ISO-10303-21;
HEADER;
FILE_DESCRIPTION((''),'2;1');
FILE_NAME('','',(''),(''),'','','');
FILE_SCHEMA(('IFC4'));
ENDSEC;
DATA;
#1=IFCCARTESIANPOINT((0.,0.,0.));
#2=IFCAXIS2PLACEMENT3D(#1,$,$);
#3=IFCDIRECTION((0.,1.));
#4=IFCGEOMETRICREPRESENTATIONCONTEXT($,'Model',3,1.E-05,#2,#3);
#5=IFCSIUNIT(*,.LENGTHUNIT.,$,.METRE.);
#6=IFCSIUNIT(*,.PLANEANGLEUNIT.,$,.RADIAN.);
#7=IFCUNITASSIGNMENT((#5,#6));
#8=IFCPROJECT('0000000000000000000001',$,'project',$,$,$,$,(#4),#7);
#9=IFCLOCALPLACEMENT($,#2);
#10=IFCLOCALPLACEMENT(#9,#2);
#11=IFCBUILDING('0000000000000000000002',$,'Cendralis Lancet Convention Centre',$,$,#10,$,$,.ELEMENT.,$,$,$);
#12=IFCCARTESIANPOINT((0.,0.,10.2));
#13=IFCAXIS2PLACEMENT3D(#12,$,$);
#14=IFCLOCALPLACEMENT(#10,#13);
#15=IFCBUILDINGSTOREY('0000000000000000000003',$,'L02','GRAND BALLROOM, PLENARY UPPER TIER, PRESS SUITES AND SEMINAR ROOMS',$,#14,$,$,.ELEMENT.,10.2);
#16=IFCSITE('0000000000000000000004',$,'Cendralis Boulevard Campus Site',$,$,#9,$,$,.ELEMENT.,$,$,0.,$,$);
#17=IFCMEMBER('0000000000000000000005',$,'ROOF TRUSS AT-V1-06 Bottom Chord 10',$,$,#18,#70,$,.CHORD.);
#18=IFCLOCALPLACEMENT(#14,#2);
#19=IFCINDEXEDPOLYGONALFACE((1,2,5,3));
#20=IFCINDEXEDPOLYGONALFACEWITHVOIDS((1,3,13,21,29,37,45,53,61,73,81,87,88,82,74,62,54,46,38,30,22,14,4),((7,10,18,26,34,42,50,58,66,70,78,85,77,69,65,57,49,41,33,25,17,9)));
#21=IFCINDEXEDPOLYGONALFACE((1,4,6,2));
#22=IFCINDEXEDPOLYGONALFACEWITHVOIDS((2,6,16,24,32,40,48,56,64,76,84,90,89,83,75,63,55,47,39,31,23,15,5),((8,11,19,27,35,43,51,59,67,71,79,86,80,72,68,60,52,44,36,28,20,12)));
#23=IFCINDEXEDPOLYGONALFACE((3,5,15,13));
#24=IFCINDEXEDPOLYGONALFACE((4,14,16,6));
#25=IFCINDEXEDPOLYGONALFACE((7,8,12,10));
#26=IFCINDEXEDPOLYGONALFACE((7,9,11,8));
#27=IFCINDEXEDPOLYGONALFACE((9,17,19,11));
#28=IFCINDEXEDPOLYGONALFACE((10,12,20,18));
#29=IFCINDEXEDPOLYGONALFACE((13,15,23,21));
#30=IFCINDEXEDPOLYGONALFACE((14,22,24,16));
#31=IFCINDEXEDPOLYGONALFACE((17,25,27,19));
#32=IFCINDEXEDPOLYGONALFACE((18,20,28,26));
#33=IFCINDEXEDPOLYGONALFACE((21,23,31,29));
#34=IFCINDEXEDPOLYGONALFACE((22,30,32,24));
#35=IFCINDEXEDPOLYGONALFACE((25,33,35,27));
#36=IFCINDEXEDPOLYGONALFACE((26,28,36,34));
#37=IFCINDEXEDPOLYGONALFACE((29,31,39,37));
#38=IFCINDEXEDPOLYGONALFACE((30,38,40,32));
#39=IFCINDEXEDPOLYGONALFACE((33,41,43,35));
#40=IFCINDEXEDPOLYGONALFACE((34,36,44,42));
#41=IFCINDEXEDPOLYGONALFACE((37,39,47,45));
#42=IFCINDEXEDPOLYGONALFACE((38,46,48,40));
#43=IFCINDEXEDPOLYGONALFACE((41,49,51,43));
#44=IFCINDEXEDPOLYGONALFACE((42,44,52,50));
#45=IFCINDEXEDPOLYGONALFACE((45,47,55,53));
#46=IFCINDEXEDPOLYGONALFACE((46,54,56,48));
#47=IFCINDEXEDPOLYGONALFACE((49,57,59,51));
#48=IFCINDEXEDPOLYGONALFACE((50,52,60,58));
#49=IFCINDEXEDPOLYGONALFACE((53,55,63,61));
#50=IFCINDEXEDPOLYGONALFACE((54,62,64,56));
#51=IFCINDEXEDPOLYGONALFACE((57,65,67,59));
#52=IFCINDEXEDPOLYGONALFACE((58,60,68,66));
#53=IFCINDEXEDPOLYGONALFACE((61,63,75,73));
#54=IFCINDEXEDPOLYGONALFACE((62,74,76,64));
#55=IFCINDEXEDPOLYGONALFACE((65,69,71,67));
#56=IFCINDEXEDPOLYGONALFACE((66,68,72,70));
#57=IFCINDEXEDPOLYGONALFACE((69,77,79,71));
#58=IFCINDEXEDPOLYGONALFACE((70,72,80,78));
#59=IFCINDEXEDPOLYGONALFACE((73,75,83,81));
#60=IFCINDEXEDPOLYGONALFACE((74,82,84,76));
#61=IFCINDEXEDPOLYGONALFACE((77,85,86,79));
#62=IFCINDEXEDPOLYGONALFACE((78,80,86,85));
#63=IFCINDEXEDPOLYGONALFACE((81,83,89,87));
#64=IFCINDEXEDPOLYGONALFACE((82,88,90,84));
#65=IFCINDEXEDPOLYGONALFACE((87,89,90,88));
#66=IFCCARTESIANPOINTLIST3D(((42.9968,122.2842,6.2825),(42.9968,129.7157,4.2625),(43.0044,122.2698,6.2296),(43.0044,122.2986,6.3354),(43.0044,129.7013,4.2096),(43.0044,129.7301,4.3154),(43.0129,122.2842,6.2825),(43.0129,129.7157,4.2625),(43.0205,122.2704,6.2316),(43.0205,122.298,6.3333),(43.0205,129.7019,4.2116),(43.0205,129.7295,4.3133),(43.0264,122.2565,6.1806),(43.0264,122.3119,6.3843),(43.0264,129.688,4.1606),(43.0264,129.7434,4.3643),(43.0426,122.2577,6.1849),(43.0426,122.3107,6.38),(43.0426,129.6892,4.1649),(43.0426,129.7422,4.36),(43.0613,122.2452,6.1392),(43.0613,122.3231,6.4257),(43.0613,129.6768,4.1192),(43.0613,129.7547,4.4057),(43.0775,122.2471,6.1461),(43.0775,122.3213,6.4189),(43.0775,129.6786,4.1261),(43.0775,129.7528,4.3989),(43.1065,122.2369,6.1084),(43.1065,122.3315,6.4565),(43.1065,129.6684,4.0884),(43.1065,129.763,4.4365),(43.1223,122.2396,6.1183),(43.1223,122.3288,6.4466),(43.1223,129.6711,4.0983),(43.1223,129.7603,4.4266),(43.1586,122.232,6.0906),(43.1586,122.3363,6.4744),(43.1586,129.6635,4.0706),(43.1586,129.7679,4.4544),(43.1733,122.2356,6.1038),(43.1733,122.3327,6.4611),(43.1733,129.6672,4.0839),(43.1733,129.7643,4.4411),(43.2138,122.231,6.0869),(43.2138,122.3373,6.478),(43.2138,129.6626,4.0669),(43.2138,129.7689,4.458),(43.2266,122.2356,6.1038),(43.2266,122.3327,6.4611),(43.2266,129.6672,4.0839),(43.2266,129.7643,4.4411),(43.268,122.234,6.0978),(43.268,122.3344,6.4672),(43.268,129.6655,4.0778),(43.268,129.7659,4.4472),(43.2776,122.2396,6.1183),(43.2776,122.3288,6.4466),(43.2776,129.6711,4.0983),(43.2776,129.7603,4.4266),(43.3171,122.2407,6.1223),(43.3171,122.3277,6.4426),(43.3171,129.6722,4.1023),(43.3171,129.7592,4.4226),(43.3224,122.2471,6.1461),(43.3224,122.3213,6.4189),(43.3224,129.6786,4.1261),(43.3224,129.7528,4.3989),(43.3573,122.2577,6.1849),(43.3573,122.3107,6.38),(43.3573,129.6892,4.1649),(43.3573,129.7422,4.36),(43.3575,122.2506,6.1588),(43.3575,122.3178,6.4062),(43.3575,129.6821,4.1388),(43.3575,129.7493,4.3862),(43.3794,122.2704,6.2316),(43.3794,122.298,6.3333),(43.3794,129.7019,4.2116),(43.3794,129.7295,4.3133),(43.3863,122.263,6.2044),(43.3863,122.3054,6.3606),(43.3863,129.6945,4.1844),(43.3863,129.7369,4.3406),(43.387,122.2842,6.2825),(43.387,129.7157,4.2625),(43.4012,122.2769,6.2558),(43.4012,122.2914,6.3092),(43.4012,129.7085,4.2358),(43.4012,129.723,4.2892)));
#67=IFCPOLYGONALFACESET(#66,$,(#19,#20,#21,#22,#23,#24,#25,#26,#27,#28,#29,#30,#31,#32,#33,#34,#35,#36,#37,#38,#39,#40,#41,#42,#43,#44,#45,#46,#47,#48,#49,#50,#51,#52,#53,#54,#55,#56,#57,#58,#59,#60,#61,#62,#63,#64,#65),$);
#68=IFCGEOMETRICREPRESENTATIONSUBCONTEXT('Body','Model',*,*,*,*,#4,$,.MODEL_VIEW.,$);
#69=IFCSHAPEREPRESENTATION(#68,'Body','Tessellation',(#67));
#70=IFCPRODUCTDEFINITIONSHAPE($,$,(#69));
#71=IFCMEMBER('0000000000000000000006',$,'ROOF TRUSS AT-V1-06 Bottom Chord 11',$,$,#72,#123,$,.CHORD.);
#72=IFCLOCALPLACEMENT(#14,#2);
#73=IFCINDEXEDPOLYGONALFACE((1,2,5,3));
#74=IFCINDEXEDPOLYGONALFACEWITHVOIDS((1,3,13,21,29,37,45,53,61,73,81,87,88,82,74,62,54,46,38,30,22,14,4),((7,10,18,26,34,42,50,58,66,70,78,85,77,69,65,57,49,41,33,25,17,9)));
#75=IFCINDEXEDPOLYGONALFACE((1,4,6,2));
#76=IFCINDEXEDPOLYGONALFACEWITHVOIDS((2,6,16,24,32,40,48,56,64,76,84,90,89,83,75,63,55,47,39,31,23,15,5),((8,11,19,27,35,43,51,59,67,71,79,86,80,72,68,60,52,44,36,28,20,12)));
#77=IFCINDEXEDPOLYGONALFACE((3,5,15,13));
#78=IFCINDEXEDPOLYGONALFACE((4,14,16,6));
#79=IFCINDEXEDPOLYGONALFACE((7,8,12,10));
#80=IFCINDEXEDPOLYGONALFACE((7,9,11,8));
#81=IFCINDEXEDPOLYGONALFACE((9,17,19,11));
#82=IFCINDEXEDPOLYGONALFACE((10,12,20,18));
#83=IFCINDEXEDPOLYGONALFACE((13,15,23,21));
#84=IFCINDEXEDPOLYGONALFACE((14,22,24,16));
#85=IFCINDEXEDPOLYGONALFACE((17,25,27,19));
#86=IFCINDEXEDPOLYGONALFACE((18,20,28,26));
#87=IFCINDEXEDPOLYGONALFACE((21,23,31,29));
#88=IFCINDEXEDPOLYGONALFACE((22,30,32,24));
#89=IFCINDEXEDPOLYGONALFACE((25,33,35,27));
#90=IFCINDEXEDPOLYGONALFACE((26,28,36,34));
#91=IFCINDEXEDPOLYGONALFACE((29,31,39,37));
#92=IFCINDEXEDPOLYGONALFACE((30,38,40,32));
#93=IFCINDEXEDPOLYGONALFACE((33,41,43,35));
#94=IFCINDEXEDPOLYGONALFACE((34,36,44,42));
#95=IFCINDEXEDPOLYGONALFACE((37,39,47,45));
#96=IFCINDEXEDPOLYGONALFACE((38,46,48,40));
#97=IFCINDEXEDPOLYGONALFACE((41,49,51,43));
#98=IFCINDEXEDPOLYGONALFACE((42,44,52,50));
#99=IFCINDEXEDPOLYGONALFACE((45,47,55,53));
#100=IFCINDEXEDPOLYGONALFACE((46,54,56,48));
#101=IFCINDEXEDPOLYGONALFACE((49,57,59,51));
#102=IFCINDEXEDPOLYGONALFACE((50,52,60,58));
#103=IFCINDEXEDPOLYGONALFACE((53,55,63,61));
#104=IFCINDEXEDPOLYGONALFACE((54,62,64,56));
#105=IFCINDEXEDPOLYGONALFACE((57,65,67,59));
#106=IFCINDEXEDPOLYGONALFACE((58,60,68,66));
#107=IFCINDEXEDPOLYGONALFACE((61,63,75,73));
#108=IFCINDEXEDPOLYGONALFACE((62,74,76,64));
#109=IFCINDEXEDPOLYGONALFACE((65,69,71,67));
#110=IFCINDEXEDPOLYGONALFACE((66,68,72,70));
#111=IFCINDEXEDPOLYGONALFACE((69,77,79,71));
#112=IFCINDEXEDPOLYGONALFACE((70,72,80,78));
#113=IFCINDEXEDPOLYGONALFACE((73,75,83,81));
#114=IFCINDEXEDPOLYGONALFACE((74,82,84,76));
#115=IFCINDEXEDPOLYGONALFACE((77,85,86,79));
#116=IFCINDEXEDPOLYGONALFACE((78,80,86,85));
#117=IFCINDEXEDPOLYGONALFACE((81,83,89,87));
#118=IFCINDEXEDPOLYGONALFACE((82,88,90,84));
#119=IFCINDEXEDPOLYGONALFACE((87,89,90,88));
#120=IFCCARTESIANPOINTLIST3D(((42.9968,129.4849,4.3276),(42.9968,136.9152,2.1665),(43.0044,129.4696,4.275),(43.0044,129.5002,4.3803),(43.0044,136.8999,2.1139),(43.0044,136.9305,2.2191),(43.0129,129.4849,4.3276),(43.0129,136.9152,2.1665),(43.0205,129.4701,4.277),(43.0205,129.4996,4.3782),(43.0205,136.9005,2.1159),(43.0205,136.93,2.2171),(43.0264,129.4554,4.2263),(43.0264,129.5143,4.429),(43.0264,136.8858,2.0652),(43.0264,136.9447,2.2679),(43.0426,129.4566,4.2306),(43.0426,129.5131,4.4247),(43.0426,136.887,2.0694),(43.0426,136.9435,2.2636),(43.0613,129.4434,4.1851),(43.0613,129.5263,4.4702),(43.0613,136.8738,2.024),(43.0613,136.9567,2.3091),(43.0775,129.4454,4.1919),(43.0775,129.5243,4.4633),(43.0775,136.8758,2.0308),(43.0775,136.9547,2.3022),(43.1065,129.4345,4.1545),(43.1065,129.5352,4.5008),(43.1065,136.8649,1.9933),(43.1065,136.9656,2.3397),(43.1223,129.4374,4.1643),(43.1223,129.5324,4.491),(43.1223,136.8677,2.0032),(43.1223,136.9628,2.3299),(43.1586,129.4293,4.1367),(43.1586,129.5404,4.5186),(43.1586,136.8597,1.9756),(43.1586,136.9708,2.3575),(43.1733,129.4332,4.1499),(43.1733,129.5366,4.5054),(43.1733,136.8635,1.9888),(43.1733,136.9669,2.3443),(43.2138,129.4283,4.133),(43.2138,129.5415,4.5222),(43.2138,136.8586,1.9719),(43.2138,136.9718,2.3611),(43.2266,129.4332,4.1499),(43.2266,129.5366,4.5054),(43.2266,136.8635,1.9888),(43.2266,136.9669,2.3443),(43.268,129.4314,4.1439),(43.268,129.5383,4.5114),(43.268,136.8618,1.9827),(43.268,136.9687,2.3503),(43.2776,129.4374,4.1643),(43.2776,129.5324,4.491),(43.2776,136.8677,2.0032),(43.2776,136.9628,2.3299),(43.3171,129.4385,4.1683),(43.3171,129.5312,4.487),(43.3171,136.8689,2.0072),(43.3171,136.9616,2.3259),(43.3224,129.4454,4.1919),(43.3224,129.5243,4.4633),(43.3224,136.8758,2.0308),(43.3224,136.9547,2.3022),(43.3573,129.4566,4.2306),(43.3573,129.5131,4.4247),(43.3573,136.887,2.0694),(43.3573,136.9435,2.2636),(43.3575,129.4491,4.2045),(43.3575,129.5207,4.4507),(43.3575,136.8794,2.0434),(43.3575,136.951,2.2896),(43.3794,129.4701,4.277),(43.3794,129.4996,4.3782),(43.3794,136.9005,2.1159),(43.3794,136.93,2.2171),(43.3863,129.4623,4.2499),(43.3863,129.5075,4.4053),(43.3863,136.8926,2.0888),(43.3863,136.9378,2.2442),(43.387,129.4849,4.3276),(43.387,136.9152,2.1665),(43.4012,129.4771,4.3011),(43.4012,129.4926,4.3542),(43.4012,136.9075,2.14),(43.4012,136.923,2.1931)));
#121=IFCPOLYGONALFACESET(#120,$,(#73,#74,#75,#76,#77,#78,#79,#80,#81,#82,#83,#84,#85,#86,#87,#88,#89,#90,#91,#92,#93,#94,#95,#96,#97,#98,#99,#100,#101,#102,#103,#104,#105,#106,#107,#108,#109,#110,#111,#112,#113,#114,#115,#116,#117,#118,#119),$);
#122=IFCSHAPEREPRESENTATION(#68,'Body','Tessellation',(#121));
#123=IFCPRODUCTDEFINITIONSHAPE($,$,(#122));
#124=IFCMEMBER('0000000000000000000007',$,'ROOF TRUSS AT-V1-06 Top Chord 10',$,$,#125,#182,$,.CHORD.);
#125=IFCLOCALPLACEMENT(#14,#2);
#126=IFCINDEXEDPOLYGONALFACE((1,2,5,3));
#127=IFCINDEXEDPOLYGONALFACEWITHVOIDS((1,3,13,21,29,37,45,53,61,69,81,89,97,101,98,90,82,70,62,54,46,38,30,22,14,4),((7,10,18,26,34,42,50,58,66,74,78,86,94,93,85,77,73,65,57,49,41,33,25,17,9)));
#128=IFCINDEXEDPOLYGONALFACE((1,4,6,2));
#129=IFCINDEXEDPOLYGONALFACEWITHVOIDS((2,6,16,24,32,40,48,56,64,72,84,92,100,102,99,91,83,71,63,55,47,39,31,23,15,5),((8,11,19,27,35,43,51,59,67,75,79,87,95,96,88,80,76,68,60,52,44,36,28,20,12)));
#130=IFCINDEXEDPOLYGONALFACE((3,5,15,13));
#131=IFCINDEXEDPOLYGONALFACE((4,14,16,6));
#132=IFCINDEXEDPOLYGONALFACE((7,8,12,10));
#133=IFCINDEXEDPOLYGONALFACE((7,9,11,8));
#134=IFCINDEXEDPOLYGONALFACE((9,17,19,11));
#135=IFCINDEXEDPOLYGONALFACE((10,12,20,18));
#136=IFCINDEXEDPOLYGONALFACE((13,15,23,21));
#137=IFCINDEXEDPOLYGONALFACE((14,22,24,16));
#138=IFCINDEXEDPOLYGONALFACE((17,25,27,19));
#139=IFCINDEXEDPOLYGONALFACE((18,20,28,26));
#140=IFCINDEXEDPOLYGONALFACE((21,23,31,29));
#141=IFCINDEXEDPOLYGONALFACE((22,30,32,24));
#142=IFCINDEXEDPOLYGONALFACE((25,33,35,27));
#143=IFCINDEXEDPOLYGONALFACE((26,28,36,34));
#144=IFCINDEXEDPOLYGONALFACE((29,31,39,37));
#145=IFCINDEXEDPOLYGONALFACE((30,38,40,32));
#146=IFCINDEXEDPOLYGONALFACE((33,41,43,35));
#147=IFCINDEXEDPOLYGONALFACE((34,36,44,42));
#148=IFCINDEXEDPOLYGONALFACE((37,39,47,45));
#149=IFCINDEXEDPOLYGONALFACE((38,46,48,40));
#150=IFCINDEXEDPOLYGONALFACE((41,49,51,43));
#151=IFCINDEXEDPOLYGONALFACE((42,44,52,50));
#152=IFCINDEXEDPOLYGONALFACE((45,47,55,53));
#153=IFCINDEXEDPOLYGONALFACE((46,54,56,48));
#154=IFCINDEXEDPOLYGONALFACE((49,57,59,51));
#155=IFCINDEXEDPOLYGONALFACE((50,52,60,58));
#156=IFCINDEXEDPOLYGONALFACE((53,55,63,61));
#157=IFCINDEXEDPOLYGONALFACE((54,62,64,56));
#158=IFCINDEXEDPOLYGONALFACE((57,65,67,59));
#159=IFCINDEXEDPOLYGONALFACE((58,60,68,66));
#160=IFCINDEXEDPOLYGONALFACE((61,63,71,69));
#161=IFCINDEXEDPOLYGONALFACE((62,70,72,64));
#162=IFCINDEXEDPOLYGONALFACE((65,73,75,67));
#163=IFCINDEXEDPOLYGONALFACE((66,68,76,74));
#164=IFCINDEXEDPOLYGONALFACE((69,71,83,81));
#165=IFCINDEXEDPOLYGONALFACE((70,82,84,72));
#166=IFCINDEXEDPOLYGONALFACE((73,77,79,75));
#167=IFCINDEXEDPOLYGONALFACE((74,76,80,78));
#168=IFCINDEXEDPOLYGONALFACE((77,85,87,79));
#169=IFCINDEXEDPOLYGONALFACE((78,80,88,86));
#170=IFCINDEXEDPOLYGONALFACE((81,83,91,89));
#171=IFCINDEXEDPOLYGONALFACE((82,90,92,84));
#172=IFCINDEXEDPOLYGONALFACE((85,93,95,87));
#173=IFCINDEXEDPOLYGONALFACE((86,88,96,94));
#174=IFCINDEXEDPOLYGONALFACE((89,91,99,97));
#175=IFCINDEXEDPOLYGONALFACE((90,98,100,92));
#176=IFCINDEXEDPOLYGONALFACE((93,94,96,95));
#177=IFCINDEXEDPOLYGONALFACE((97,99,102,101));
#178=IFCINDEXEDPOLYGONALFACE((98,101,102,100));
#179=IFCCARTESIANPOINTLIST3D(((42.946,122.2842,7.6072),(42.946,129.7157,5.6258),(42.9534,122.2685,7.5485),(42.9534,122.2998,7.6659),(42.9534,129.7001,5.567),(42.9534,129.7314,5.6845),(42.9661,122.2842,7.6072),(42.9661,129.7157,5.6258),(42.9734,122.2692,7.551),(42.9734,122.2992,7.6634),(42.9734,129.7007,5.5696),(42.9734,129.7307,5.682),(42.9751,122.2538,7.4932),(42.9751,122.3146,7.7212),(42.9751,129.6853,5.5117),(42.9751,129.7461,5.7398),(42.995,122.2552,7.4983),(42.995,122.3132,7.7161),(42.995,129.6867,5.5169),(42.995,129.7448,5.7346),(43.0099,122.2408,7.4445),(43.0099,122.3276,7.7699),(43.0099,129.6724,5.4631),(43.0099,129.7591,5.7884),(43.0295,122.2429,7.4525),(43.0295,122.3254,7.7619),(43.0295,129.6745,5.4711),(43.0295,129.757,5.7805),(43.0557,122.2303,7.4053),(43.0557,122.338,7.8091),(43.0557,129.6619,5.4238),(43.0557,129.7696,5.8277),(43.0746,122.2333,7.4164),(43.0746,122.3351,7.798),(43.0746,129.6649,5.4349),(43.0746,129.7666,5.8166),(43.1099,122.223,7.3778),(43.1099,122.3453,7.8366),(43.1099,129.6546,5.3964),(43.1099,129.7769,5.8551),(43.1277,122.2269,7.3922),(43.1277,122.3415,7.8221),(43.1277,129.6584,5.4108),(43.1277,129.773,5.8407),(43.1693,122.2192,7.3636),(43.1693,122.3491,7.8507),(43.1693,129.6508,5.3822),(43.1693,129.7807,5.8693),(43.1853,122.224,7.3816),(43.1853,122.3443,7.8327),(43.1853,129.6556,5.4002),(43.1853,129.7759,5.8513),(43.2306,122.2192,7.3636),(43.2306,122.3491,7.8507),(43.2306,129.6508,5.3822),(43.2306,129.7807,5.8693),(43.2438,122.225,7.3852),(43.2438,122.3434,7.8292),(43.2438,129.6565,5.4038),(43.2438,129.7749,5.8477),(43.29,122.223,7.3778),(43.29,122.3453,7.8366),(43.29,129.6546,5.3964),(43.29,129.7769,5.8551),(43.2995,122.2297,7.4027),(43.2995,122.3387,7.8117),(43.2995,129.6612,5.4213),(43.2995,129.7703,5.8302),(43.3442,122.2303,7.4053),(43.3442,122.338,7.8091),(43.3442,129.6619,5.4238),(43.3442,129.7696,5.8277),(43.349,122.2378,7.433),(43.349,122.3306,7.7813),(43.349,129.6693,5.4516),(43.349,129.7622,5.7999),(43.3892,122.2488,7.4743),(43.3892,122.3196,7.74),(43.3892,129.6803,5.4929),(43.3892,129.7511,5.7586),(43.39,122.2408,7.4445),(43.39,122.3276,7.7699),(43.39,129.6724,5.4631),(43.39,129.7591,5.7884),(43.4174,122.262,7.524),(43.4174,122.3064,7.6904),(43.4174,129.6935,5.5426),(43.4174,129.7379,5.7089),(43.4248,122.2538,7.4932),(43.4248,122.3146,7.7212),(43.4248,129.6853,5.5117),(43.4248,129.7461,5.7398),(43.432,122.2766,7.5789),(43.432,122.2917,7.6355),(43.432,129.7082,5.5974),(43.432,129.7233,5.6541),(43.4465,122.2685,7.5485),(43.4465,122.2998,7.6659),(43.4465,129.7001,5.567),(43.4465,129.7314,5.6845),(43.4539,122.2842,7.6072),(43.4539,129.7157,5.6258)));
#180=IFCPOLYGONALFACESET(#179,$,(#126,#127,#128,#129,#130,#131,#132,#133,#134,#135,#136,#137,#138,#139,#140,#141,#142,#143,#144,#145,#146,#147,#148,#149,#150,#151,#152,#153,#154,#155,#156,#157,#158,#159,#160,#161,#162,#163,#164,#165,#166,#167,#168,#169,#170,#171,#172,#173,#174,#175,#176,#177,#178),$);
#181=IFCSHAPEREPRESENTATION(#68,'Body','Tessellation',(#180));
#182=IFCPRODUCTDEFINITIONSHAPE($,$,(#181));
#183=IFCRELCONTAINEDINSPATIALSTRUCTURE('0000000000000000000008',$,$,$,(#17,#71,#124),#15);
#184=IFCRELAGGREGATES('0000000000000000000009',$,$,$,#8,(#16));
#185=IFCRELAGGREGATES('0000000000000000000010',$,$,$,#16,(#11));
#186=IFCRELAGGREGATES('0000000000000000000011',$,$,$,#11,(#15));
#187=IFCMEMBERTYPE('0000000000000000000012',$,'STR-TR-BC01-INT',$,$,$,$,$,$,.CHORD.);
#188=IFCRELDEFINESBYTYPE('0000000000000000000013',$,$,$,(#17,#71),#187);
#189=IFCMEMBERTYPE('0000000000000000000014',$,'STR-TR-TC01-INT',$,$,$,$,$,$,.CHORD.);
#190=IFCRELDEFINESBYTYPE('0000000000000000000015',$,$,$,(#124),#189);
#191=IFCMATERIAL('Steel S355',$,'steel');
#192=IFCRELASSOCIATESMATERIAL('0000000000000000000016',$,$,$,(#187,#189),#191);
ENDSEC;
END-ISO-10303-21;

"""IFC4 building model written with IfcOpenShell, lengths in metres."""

from ifc_helpers import new_model, si_unit, direction, frame, origin, origin_2d, place, context, subcontext, project, spatial, hollow_circle, extrude, material, material_profile, profile_set, type_object, element, save


model = new_model("IFC4")

# Units and contexts
model_context = context("Model", 3, precision=1e-05, world=origin(), true_north=direction((0.0, 1.0)))
body_context = subcontext(model_context, "Body", "Model", "MODEL_VIEW")
ifc_project = project(units=[si_unit("LENGTHUNIT", "METRE"), si_unit("PLANEANGLEUNIT", "RADIAN")], contexts=[model_context])

# Site, building, storey
site_placement = place(None, origin())
site = spatial("IfcSite", under=ifc_project, at=site_placement, Name="Cendralis Boulevard Campus Site", CompositionType="ELEMENT", RefElevation=0.0)
building_placement = place(site_placement, origin())
building = spatial("IfcBuilding", under=site, at=building_placement, Name="Cendralis Lancet Convention Centre", CompositionType="ELEMENT")
storey_placement = place(building_placement, frame((0.0, 0.0, 10.2)))
storey = spatial("IfcBuildingStorey", under=building, at=storey_placement, Name="L02", Description="GRAND BALLROOM, PLENARY UPPER TIER, PRESS SUITES AND SEMINAR ROOMS", CompositionType="ELEMENT", Elevation=10.2)

# Members
ifc_material_1 = material(Name="Steel S355", Category="steel")
ifc_material_profile_1 = material_profile(ifc_material_1, hollow_circle(Radius=0.2031, WallThickness=0.0161, at=origin_2d()), Name="CHS 406.4x16.0")
ifc_profile_set_1 = profile_set([ifc_material_profile_1], Name="Steel S355")
member_type_1 = type_object("IfcMemberType", Name="STR-TR-BC01-INT", PredefinedType="CHORD", material=ifc_profile_set_1)
member_1_placement = place(storey_placement, frame((43.2, 122.2842, 6.2825), z_axis=(0.0, 0.964987, -0.262296), x_axis=(-1.0, 0.0, 0.0)))
element("IfcMember", 1, at=member_1_placement, inside=storey, type_object=member_type_1, Name="ROOF TRUSS AT-V1-06 Bottom Chord 10", PredefinedType="CHORD", context=body_context, shape_type="SweptSolid", body=[
    extrude(hollow_circle(Radius=0.2031, WallThickness=0.0161, at=origin_2d()), origin(), (0.0, 0.0, 1.0), 7.7012),
])
member_2_placement = place(storey_placement, frame((43.2, 129.4849, 4.3276), z_axis=(0.0, 0.960211, -0.279277), x_axis=(-1.0, 0.0, 0.0)))
element("IfcMember", 2, at=member_2_placement, inside=storey, type_object=member_type_1, Name="ROOF TRUSS AT-V1-06 Bottom Chord 11", PredefinedType="CHORD", context=body_context, shape_type="SweptSolid", body=[
    extrude(hollow_circle(Radius=0.2031, WallThickness=0.0161, at=origin_2d()), origin(), (0.0, 0.0, 1.0), 7.7383),
])
ifc_material_profile_2 = material_profile(ifc_material_1, hollow_circle(Radius=0.2539, WallThickness=0.02, at=origin_2d()), Name="CHS 508.0x20.0")
ifc_profile_set_2 = profile_set([ifc_material_profile_2], Name="Steel S355")
member_type_2 = type_object("IfcMemberType", Name="STR-TR-TC01-INT", PredefinedType="CHORD", material=ifc_profile_set_2)
member_3_placement = place(storey_placement, frame((43.2, 122.2842, 7.6072), z_axis=(0.0, 0.966245, -0.257623), x_axis=(-1.0, 0.0, 0.0)))
element("IfcMember", 3, at=member_3_placement, inside=storey, type_object=member_type_2, Name="ROOF TRUSS AT-V1-06 Top Chord 10", PredefinedType="CHORD", context=body_context, shape_type="SweptSolid", body=[
    extrude(hollow_circle(Radius=0.2539, WallThickness=0.02, at=origin_2d()), origin(), (0.0, 0.0, 1.0), 7.6912),
])

save(model, "model.ifc")
